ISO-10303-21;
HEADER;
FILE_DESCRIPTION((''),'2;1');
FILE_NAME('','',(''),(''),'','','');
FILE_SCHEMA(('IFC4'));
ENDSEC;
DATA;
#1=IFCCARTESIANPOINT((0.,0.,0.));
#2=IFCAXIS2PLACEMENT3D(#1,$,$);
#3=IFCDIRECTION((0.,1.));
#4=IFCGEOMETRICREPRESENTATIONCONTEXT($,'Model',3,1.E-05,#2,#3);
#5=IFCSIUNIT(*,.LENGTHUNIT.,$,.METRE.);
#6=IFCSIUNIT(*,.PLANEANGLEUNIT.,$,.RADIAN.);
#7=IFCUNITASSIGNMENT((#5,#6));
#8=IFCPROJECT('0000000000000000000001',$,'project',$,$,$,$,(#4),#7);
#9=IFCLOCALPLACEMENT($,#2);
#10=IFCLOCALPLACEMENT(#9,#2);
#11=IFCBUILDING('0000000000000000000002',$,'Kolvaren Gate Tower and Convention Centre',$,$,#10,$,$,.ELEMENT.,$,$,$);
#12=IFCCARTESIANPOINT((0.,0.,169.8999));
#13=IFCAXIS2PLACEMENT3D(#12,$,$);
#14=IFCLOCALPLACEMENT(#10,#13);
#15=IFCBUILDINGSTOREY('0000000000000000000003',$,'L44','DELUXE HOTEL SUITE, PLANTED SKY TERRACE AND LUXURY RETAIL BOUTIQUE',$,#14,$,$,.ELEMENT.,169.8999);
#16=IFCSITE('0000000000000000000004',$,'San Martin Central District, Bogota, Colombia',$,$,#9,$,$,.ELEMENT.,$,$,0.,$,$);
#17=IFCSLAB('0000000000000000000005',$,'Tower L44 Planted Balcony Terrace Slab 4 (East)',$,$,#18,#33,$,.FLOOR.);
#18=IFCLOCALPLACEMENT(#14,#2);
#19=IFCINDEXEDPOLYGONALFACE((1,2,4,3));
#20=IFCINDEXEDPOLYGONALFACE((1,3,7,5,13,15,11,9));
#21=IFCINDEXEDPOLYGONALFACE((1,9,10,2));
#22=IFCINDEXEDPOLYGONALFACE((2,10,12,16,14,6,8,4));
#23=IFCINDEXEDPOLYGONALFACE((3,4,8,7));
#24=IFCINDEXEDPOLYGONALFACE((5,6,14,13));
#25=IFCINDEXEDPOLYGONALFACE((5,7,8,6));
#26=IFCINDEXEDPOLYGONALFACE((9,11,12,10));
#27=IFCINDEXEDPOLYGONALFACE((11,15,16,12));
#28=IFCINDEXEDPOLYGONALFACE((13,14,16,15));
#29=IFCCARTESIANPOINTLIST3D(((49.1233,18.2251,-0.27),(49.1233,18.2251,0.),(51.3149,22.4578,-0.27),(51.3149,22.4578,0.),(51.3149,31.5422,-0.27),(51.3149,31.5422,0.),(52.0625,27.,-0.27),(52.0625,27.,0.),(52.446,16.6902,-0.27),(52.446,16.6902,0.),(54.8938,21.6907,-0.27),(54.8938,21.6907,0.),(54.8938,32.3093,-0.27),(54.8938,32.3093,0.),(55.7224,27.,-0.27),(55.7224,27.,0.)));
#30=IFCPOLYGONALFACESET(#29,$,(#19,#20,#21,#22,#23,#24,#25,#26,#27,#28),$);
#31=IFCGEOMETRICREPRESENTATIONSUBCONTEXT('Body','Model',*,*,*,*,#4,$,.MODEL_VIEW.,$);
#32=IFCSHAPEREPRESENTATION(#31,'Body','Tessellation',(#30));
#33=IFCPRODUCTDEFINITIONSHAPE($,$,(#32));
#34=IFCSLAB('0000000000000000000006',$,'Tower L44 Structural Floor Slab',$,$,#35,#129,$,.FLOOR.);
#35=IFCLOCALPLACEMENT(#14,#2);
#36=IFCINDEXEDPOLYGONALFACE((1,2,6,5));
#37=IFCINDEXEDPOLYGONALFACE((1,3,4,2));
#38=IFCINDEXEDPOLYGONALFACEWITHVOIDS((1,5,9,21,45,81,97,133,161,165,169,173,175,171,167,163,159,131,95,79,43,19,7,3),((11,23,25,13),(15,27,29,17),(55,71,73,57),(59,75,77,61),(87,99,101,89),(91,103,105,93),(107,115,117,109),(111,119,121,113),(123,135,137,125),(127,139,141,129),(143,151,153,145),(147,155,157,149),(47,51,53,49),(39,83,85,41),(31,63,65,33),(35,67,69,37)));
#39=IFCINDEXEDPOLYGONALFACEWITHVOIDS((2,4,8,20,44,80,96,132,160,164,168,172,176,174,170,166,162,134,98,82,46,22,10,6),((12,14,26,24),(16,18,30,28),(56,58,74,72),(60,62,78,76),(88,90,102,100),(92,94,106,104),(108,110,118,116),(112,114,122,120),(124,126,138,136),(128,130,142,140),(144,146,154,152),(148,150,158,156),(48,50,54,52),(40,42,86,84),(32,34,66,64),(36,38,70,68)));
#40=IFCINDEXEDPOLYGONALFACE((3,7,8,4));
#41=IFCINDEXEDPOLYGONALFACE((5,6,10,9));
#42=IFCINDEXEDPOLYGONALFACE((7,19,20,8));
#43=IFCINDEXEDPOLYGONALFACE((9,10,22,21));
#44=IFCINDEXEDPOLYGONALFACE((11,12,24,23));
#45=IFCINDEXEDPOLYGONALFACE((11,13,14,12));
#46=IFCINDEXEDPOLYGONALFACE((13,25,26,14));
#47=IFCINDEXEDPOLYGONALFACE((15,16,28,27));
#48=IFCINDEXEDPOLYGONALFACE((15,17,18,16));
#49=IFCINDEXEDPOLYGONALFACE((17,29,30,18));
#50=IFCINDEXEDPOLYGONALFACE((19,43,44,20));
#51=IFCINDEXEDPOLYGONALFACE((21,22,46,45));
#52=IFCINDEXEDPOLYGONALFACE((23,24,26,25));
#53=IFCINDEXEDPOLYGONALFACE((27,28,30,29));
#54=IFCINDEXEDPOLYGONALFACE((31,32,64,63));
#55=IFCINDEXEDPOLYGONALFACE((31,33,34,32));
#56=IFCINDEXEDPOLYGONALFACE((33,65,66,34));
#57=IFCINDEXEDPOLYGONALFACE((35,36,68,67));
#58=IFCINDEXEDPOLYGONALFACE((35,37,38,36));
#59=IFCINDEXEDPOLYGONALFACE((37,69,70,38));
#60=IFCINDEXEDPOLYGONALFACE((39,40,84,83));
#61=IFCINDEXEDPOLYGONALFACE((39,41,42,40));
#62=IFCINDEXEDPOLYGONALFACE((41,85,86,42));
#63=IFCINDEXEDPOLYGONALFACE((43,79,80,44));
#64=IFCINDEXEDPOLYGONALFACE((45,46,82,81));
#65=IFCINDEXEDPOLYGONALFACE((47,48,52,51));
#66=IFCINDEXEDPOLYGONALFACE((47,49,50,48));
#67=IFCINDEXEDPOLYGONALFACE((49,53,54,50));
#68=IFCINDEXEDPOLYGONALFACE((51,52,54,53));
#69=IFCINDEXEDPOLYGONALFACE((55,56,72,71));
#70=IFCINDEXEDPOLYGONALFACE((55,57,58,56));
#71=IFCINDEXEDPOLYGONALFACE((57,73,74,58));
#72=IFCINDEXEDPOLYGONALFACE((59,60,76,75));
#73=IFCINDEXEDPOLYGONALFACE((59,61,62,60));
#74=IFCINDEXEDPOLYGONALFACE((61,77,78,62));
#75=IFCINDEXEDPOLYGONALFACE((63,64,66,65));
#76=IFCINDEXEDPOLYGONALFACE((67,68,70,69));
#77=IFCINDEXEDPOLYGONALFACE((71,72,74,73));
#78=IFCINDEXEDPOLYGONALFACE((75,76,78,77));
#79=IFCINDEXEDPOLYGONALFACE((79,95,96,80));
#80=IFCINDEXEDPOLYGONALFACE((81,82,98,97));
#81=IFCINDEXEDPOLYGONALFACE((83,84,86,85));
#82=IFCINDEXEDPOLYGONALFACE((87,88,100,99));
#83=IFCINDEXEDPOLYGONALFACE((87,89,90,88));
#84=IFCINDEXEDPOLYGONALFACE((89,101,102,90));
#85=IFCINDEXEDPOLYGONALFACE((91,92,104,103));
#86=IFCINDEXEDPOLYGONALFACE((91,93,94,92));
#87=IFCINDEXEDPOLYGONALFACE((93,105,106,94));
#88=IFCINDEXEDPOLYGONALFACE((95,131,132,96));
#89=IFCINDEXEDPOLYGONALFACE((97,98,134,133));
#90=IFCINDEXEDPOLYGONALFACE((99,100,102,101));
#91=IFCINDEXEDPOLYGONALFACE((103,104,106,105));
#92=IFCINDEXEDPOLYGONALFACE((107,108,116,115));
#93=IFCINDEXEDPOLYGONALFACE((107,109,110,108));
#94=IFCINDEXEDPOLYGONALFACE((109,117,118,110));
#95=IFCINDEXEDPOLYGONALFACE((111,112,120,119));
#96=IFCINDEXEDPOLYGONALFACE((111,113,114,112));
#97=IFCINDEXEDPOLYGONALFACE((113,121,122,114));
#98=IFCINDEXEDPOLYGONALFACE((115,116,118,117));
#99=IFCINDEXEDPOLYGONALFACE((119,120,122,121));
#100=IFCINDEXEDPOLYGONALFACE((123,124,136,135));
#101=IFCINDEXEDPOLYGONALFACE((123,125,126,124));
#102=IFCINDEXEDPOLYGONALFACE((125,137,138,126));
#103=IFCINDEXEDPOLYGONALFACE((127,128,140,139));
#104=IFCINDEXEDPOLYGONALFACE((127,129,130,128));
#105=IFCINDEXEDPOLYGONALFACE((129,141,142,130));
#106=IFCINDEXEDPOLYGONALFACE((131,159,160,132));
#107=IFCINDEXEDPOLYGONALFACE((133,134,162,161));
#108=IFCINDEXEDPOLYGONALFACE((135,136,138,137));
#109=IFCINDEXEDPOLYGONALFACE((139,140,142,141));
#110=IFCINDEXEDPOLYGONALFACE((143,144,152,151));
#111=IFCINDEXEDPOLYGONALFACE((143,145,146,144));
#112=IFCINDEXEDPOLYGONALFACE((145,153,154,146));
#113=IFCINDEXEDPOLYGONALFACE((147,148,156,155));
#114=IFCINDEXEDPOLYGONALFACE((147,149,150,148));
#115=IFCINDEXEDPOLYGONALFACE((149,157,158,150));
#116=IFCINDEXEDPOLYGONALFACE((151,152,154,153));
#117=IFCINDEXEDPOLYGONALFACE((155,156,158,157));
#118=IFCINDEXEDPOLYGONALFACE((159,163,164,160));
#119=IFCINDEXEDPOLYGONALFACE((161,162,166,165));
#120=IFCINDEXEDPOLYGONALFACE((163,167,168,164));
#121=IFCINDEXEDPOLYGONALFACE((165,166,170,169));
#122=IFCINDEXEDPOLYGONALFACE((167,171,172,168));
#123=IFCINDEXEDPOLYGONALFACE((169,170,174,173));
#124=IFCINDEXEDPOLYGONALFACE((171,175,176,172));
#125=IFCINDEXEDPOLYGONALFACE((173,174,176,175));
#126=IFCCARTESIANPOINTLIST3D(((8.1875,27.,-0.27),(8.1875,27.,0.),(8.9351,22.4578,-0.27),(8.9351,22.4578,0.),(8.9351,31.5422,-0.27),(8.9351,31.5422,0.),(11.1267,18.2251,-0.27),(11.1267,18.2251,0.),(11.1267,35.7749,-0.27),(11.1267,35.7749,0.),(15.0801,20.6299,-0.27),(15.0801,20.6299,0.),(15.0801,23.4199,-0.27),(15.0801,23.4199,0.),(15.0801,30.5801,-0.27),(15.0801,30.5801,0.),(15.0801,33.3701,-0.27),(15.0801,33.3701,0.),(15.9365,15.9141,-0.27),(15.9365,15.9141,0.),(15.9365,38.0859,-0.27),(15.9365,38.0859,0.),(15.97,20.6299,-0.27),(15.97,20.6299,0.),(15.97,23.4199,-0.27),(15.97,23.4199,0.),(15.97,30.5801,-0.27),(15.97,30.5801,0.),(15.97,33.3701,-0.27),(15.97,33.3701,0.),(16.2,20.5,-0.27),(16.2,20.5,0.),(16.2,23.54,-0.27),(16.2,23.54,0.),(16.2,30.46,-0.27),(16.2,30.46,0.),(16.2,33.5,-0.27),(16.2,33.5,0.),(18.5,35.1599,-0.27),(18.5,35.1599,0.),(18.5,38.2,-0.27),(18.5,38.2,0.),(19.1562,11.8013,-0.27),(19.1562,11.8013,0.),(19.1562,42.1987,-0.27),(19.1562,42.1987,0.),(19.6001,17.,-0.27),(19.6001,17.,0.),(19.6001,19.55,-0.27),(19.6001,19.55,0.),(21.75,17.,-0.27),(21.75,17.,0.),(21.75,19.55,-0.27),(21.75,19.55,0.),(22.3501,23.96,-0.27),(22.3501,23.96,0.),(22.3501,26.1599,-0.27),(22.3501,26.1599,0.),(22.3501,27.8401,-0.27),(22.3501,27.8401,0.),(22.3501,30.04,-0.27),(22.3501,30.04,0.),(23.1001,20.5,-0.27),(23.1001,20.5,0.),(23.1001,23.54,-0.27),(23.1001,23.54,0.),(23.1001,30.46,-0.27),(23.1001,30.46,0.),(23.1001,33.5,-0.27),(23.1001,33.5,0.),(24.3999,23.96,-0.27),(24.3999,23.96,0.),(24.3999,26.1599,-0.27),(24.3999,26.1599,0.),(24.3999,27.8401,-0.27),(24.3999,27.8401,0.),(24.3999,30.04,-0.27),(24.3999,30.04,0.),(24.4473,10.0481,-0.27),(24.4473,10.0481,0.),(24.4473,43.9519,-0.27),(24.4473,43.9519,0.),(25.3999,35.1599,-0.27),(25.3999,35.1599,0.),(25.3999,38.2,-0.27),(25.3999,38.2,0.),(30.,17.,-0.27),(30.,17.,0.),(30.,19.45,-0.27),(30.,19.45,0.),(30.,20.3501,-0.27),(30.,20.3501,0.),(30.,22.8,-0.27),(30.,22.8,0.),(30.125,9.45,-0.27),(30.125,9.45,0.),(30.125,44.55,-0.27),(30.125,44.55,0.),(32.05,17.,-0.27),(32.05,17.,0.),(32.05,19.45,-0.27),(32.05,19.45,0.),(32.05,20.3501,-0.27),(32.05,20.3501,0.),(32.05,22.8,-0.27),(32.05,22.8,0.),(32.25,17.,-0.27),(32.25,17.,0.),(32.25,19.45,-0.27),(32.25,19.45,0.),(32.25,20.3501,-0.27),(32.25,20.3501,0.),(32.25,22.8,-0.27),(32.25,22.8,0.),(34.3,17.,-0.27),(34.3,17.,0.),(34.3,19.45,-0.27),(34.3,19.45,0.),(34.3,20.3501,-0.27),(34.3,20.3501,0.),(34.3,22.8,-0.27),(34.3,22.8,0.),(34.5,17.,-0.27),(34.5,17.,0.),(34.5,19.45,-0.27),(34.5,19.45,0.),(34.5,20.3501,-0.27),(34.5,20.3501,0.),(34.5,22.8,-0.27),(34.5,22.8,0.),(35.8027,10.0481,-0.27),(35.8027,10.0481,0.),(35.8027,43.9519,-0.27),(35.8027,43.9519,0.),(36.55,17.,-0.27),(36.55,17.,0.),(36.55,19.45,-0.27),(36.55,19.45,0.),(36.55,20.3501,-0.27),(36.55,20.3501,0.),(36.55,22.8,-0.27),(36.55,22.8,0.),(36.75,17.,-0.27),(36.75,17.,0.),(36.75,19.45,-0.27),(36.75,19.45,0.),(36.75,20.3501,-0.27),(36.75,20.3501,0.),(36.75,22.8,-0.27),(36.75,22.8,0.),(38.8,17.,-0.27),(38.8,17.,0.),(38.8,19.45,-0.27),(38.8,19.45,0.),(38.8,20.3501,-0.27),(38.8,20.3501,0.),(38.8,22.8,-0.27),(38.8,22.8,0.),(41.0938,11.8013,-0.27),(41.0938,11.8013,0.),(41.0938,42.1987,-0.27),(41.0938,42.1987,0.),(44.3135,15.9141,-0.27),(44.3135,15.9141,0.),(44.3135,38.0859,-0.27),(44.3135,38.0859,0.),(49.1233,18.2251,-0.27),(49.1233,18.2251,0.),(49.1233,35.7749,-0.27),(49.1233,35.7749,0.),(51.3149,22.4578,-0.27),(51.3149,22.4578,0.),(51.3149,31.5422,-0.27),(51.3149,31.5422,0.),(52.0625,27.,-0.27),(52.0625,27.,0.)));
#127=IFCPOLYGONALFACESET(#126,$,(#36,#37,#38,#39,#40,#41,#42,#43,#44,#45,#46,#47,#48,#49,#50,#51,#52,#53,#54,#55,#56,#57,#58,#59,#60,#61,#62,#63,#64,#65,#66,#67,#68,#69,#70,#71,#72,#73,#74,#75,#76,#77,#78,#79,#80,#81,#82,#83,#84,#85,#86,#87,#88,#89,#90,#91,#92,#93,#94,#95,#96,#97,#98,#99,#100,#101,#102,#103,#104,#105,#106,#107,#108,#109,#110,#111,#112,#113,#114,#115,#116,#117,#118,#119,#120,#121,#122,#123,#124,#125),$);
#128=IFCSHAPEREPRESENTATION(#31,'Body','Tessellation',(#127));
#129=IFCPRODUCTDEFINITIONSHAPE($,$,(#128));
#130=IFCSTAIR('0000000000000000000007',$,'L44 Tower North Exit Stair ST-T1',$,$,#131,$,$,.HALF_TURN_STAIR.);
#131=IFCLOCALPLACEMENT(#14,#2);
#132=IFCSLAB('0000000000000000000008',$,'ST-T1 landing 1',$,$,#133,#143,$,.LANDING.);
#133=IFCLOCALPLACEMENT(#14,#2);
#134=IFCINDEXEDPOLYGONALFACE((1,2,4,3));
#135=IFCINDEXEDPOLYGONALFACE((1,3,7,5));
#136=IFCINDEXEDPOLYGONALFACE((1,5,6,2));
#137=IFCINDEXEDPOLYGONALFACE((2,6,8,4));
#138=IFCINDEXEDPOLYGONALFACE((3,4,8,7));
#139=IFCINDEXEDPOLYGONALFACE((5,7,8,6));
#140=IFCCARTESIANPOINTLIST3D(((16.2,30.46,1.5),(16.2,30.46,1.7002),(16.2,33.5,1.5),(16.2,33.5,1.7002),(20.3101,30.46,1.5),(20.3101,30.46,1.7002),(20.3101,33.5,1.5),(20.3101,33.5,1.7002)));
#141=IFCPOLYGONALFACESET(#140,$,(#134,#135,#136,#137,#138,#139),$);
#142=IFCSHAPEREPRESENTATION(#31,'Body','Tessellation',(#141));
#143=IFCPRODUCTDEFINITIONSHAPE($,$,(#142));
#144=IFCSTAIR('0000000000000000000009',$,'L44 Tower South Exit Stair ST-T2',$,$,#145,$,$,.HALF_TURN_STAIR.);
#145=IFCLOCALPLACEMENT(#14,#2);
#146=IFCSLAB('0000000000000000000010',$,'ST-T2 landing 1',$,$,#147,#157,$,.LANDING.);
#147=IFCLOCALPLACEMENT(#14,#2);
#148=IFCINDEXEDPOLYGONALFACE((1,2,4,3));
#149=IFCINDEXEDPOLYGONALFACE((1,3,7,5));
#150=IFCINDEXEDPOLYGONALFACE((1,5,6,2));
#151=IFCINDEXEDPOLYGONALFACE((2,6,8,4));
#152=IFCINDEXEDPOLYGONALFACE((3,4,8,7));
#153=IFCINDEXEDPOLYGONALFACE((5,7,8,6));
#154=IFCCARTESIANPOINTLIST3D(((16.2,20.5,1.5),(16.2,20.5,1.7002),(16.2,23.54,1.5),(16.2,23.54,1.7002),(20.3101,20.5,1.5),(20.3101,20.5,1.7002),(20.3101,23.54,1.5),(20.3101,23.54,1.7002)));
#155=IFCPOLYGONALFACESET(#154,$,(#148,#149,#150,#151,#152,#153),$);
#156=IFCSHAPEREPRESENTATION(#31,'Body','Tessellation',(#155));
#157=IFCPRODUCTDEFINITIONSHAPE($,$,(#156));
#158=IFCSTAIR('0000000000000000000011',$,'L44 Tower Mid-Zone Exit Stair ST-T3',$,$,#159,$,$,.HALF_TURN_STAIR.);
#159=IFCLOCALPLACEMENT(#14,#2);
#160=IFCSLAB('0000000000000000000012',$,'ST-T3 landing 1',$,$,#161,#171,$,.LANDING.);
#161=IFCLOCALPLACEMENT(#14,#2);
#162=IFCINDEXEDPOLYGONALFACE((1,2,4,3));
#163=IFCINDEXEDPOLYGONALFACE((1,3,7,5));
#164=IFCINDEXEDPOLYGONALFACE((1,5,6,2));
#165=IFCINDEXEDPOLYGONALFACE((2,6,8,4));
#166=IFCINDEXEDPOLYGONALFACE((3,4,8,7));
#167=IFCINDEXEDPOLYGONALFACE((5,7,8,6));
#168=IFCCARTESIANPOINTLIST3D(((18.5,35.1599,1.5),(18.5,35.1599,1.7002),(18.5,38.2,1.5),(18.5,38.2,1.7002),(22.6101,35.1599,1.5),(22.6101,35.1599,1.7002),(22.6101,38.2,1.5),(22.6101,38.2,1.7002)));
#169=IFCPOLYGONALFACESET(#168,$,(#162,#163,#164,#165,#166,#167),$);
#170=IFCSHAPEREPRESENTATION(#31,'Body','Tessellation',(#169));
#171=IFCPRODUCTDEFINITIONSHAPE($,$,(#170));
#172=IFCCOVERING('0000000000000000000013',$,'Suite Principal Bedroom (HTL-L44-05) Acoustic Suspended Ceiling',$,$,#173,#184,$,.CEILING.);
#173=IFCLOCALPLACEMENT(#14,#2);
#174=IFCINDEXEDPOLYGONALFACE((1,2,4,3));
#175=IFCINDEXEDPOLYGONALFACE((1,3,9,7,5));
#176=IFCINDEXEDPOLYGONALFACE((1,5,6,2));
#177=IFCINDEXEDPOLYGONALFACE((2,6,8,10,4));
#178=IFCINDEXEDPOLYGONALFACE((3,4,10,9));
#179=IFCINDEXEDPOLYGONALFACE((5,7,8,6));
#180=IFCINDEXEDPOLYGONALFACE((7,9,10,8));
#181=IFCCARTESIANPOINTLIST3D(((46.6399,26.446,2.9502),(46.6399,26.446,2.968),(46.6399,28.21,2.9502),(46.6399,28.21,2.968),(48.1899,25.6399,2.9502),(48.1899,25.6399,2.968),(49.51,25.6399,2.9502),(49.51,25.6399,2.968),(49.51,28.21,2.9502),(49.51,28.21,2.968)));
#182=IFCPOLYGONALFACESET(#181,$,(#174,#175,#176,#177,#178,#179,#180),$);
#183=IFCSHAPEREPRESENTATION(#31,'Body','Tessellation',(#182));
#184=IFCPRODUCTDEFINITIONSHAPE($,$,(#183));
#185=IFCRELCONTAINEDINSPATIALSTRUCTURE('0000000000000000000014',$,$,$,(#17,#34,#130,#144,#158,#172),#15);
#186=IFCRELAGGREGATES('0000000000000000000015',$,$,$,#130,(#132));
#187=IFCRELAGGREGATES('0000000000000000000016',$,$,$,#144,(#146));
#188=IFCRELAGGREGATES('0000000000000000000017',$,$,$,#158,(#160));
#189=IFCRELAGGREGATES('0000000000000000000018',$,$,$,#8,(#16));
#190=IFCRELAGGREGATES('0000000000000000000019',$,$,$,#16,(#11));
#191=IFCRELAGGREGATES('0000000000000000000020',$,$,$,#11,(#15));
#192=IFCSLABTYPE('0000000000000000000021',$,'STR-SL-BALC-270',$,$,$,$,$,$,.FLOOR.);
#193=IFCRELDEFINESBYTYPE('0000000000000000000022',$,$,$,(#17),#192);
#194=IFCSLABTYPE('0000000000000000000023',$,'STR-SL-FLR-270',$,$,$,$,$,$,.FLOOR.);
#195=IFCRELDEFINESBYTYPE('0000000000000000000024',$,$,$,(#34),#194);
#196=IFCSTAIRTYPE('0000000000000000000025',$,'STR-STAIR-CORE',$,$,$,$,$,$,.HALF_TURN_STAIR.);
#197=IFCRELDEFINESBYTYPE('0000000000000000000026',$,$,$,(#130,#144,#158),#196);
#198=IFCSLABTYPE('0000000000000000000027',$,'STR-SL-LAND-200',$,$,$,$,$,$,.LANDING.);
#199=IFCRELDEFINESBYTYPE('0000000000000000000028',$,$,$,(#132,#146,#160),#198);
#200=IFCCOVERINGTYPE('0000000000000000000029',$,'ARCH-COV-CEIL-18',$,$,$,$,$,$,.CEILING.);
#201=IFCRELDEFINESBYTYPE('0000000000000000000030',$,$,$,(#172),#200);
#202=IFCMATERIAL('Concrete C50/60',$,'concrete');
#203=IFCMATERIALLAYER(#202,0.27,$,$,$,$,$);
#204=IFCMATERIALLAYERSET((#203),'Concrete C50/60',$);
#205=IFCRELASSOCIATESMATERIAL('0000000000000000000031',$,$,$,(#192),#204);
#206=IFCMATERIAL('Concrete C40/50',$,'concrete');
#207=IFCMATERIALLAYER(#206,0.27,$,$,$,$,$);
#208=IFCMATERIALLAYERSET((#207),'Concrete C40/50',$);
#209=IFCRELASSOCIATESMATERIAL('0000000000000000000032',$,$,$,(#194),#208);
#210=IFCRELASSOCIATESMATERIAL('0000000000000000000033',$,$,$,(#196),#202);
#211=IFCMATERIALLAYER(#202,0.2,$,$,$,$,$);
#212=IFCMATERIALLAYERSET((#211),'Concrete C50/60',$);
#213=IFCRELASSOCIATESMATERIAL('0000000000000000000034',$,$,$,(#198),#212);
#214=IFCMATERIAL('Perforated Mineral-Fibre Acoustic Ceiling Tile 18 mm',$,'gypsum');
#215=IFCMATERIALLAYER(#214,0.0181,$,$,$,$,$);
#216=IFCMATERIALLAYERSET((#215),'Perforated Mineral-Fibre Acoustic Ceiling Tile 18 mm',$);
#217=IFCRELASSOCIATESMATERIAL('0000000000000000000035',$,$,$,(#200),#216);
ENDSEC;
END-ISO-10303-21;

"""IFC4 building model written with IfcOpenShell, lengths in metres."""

from ifc_helpers import new_model, si_unit, direction, frame, origin, place, context, subcontext, project, spatial, polyline, outline, extrude, material, layer, layer_set, type_object, element, aggregate, save


model = new_model("IFC4")

# Units and contexts
model_context = context("Model", 3, precision=1e-05, world=origin(), true_north=direction((0.0, 1.0)))
body_context = subcontext(model_context, "Body", "Model", "MODEL_VIEW")
ifc_project = project(units=[si_unit("LENGTHUNIT", "METRE"), si_unit("PLANEANGLEUNIT", "RADIAN")], contexts=[model_context])

# Site, building, storey
site_placement = place(None, origin())
site = spatial("IfcSite", under=ifc_project, at=site_placement, Name="San Martin Central District, Bogota, Colombia", CompositionType="ELEMENT", RefElevation=0.0)
building_placement = place(site_placement, origin())
building = spatial("IfcBuilding", under=site, at=building_placement, Name="Kolvaren Gate Tower and Convention Centre", CompositionType="ELEMENT")
storey_placement = place(building_placement, frame((0.0, 0.0, 169.8999)))
storey = spatial("IfcBuildingStorey", under=building, at=storey_placement, Name="L44", Description="DELUXE HOTEL SUITE, PLANTED SKY TERRACE AND LUXURY RETAIL BOUTIQUE", CompositionType="ELEMENT", Elevation=169.8999)

# Slabs
ifc_material_1 = material(Name="Concrete C50/60", Category="concrete")
ifc_layer_1 = layer(ifc_material_1, 0.27)
ifc_layer_set_1 = layer_set([ifc_layer_1], Name="Concrete C50/60")
slab_type_1 = type_object("IfcSlabType", Name="STR-SL-BALC-270", PredefinedType="FLOOR", material=ifc_layer_set_1)
slab_1_placement = place(storey_placement, frame((0.0, 0.0, -0.27)))
element("IfcSlab", 1, at=slab_1_placement, inside=storey, type_object=slab_type_1, Name="Tower L44 Planted Balcony Terrace Slab 4 (East)", PredefinedType="FLOOR", context=body_context, shape_type="SweptSolid", body=[
    extrude(outline(polyline([(49.1233, 18.2251), (51.3149, 22.4578), (52.0625, 27.0), (51.3149, 31.5422), (54.8938, 32.3093), (55.7224, 27.0), (54.8938, 21.6907), (52.446, 16.6902), (49.1233, 18.2251)])), origin(), (0.0, 0.0, 1.0), 0.27),
])
ifc_material_2 = material(Name="Concrete C40/50", Category="concrete")
ifc_layer_2 = layer(ifc_material_2, 0.27)
ifc_layer_set_2 = layer_set([ifc_layer_2], Name="Concrete C40/50")
slab_type_2 = type_object("IfcSlabType", Name="STR-SL-FLR-270", PredefinedType="FLOOR", material=ifc_layer_set_2)
slab_2_placement = place(storey_placement, frame((0.0, 0.0, -0.27)))
element("IfcSlab", 2, at=slab_2_placement, inside=storey, type_object=slab_type_2, Name="Tower L44 Structural Floor Slab", PredefinedType="FLOOR", context=body_context, shape_type="SweptSolid", body=[
    extrude(outline(polyline([(52.0625, 27.0), (51.3149, 31.5422), (49.1233, 35.7749), (44.3135, 38.0859), (41.0938, 42.1987), (35.8027, 43.9519), (30.125, 44.55), (24.4473, 43.9519), (19.1562, 42.1987), (15.9365, 38.0859), (11.1267, 35.7749), (8.9351, 31.5422), (8.1875, 27.0), (8.9351, 22.4578), (11.1267, 18.2251), (15.9365, 15.9141), (19.1562, 11.8013), (24.4473, 10.0481), (30.125, 9.45), (35.8027, 10.0481), (41.0938, 11.8013), (44.3135, 15.9141), (49.1233, 18.2251), (51.3149, 22.4578), (52.0625, 27.0)]), holes=[polyline([(36.75, 17.0), (36.75, 19.45), (38.8, 19.45), (38.8, 17.0), (36.75, 17.0)]), polyline([(36.75, 20.3501), (36.75, 22.8), (38.8, 22.8), (38.8, 20.3501), (36.75, 20.3501)]), polyline([(34.5, 17.0), (34.5, 19.45), (36.55, 19.45), (36.55, 17.0), (34.5, 17.0)]), polyline([(34.5, 20.3501), (34.5, 22.8), (36.55, 22.8), (36.55, 20.3501), (34.5, 20.3501)]), polyline([(32.25, 17.0), (32.25, 19.45), (34.3, 19.45), (34.3, 17.0), (32.25, 17.0)]), polyline([(32.25, 20.3501), (32.25, 22.8), (34.3, 22.8), (34.3, 20.3501), (32.25, 20.3501)]), polyline([(30.0, 17.0), (30.0, 19.45), (32.05, 19.45), (32.05, 17.0), (30.0, 17.0)]), polyline([(30.0, 20.3501), (30.0, 22.8), (32.05, 22.8), (32.05, 20.3501), (30.0, 20.3501)]), polyline([(25.3999, 38.2), (25.3999, 35.1599), (18.5, 35.1599), (18.5, 38.2), (25.3999, 38.2)]), polyline([(22.3501, 23.96), (22.3501, 26.1599), (24.3999, 26.1599), (24.3999, 23.96), (22.3501, 23.96)]), polyline([(22.3501, 27.8401), (22.3501, 30.04), (24.3999, 30.04), (24.3999, 27.8401), (22.3501, 27.8401)]), polyline([(23.1001, 23.54), (23.1001, 20.5), (16.2, 20.5), (16.2, 23.54), (23.1001, 23.54)]), polyline([(23.1001, 33.5), (23.1001, 30.46), (16.2, 30.46), (16.2, 33.5), (23.1001, 33.5)]), polyline([(19.6001, 17.0), (19.6001, 19.55), (21.75, 19.55), (21.75, 17.0), (19.6001, 17.0)]), polyline([(15.0801, 20.6299), (15.0801, 23.4199), (15.97, 23.4199), (15.97, 20.6299), (15.0801, 20.6299)]), polyline([(15.0801, 30.5801), (15.0801, 33.3701), (15.97, 33.3701), (15.97, 30.5801), (15.0801, 30.5801)])]), origin(), (0.0, 0.0, 1.0), 0.27),
])

# Stairs, slabs
stair_type = type_object("IfcStairType", Name="STR-STAIR-CORE", PredefinedType="HALF_TURN_STAIR", material=ifc_material_1)
stair_1_placement = place(storey_placement, origin())
stair_1 = element("IfcStair", 3, at=stair_1_placement, inside=storey, type_object=stair_type, Name="L44 Tower North Exit Stair ST-T1", PredefinedType="HALF_TURN_STAIR")
ifc_layer_3 = layer(ifc_material_1, 0.2)
ifc_layer_set_3 = layer_set([ifc_layer_3], Name="Concrete C50/60")
slab_type_3 = type_object("IfcSlabType", Name="STR-SL-LAND-200", PredefinedType="LANDING", material=ifc_layer_set_3)
slab_3_placement = place(storey_placement, frame((0.0, 0.0, 1.5)))
slab_3 = element("IfcSlab", 4, at=slab_3_placement, type_object=slab_type_3, Name="ST-T1 landing 1", PredefinedType="LANDING", context=body_context, shape_type="SweptSolid", body=[
    extrude(outline(polyline([(20.3101, 33.5), (16.2, 33.5), (16.2, 30.46), (20.3101, 30.46), (20.3101, 33.5)])), origin(), (0.0, 0.0, 1.0), 0.2002),
])
aggregate(stair_1, [slab_3])
stair_2_placement = place(storey_placement, origin())
stair_2 = element("IfcStair", 5, at=stair_2_placement, inside=storey, type_object=stair_type, Name="L44 Tower South Exit Stair ST-T2", PredefinedType="HALF_TURN_STAIR")
slab_4_placement = place(storey_placement, frame((0.0, 0.0, 1.5)))
slab_4 = element("IfcSlab", 6, at=slab_4_placement, type_object=slab_type_3, Name="ST-T2 landing 1", PredefinedType="LANDING", context=body_context, shape_type="SweptSolid", body=[
    extrude(outline(polyline([(20.3101, 23.54), (16.2, 23.54), (16.2, 20.5), (20.3101, 20.5), (20.3101, 23.54)])), origin(), (0.0, 0.0, 1.0), 0.2002),
])
aggregate(stair_2, [slab_4])
stair_3_placement = place(storey_placement, origin())
stair_3 = element("IfcStair", 7, at=stair_3_placement, inside=storey, type_object=stair_type, Name="L44 Tower Mid-Zone Exit Stair ST-T3", PredefinedType="HALF_TURN_STAIR")
slab_5_placement = place(storey_placement, frame((0.0, 0.0, 1.5)))
slab_5 = element("IfcSlab", 8, at=slab_5_placement, type_object=slab_type_3, Name="ST-T3 landing 1", PredefinedType="LANDING", context=body_context, shape_type="SweptSolid", body=[
    extrude(outline(polyline([(22.6101, 38.2), (18.5, 38.2), (18.5, 35.1599), (22.6101, 35.1599), (22.6101, 38.2)])), origin(), (0.0, 0.0, 1.0), 0.2002),
])
aggregate(stair_3, [slab_5])

# Covering
ifc_material_3 = material(Name="Perforated Mineral-Fibre Acoustic Ceiling Tile 18 mm", Category="gypsum")
ifc_layer_4 = layer(ifc_material_3, 0.0181)
ifc_layer_set_4 = layer_set([ifc_layer_4], Name="Perforated Mineral-Fibre Acoustic Ceiling Tile 18 mm")
covering_type_1 = type_object("IfcCoveringType", Name="ARCH-COV-CEIL-18", PredefinedType="CEILING", material=ifc_layer_set_4)
covering_1_placement = place(storey_placement, frame((0.0, 0.0, 2.9502)))
element("IfcCovering", 9, at=covering_1_placement, inside=storey, type_object=covering_type_1, Name="Suite Principal Bedroom (HTL-L44-05) Acoustic Suspended Ceiling", PredefinedType="CEILING", context=body_context, shape_type="SweptSolid", body=[
    extrude(outline(polyline([(46.6399, 28.21), (49.51, 28.21), (49.51, 25.6399), (48.1899, 25.6399), (46.6399, 26.446), (46.6399, 28.21)])), origin(), (0.0, 0.0, 1.0), 0.0178),
])

save(model, "model.ifc")
